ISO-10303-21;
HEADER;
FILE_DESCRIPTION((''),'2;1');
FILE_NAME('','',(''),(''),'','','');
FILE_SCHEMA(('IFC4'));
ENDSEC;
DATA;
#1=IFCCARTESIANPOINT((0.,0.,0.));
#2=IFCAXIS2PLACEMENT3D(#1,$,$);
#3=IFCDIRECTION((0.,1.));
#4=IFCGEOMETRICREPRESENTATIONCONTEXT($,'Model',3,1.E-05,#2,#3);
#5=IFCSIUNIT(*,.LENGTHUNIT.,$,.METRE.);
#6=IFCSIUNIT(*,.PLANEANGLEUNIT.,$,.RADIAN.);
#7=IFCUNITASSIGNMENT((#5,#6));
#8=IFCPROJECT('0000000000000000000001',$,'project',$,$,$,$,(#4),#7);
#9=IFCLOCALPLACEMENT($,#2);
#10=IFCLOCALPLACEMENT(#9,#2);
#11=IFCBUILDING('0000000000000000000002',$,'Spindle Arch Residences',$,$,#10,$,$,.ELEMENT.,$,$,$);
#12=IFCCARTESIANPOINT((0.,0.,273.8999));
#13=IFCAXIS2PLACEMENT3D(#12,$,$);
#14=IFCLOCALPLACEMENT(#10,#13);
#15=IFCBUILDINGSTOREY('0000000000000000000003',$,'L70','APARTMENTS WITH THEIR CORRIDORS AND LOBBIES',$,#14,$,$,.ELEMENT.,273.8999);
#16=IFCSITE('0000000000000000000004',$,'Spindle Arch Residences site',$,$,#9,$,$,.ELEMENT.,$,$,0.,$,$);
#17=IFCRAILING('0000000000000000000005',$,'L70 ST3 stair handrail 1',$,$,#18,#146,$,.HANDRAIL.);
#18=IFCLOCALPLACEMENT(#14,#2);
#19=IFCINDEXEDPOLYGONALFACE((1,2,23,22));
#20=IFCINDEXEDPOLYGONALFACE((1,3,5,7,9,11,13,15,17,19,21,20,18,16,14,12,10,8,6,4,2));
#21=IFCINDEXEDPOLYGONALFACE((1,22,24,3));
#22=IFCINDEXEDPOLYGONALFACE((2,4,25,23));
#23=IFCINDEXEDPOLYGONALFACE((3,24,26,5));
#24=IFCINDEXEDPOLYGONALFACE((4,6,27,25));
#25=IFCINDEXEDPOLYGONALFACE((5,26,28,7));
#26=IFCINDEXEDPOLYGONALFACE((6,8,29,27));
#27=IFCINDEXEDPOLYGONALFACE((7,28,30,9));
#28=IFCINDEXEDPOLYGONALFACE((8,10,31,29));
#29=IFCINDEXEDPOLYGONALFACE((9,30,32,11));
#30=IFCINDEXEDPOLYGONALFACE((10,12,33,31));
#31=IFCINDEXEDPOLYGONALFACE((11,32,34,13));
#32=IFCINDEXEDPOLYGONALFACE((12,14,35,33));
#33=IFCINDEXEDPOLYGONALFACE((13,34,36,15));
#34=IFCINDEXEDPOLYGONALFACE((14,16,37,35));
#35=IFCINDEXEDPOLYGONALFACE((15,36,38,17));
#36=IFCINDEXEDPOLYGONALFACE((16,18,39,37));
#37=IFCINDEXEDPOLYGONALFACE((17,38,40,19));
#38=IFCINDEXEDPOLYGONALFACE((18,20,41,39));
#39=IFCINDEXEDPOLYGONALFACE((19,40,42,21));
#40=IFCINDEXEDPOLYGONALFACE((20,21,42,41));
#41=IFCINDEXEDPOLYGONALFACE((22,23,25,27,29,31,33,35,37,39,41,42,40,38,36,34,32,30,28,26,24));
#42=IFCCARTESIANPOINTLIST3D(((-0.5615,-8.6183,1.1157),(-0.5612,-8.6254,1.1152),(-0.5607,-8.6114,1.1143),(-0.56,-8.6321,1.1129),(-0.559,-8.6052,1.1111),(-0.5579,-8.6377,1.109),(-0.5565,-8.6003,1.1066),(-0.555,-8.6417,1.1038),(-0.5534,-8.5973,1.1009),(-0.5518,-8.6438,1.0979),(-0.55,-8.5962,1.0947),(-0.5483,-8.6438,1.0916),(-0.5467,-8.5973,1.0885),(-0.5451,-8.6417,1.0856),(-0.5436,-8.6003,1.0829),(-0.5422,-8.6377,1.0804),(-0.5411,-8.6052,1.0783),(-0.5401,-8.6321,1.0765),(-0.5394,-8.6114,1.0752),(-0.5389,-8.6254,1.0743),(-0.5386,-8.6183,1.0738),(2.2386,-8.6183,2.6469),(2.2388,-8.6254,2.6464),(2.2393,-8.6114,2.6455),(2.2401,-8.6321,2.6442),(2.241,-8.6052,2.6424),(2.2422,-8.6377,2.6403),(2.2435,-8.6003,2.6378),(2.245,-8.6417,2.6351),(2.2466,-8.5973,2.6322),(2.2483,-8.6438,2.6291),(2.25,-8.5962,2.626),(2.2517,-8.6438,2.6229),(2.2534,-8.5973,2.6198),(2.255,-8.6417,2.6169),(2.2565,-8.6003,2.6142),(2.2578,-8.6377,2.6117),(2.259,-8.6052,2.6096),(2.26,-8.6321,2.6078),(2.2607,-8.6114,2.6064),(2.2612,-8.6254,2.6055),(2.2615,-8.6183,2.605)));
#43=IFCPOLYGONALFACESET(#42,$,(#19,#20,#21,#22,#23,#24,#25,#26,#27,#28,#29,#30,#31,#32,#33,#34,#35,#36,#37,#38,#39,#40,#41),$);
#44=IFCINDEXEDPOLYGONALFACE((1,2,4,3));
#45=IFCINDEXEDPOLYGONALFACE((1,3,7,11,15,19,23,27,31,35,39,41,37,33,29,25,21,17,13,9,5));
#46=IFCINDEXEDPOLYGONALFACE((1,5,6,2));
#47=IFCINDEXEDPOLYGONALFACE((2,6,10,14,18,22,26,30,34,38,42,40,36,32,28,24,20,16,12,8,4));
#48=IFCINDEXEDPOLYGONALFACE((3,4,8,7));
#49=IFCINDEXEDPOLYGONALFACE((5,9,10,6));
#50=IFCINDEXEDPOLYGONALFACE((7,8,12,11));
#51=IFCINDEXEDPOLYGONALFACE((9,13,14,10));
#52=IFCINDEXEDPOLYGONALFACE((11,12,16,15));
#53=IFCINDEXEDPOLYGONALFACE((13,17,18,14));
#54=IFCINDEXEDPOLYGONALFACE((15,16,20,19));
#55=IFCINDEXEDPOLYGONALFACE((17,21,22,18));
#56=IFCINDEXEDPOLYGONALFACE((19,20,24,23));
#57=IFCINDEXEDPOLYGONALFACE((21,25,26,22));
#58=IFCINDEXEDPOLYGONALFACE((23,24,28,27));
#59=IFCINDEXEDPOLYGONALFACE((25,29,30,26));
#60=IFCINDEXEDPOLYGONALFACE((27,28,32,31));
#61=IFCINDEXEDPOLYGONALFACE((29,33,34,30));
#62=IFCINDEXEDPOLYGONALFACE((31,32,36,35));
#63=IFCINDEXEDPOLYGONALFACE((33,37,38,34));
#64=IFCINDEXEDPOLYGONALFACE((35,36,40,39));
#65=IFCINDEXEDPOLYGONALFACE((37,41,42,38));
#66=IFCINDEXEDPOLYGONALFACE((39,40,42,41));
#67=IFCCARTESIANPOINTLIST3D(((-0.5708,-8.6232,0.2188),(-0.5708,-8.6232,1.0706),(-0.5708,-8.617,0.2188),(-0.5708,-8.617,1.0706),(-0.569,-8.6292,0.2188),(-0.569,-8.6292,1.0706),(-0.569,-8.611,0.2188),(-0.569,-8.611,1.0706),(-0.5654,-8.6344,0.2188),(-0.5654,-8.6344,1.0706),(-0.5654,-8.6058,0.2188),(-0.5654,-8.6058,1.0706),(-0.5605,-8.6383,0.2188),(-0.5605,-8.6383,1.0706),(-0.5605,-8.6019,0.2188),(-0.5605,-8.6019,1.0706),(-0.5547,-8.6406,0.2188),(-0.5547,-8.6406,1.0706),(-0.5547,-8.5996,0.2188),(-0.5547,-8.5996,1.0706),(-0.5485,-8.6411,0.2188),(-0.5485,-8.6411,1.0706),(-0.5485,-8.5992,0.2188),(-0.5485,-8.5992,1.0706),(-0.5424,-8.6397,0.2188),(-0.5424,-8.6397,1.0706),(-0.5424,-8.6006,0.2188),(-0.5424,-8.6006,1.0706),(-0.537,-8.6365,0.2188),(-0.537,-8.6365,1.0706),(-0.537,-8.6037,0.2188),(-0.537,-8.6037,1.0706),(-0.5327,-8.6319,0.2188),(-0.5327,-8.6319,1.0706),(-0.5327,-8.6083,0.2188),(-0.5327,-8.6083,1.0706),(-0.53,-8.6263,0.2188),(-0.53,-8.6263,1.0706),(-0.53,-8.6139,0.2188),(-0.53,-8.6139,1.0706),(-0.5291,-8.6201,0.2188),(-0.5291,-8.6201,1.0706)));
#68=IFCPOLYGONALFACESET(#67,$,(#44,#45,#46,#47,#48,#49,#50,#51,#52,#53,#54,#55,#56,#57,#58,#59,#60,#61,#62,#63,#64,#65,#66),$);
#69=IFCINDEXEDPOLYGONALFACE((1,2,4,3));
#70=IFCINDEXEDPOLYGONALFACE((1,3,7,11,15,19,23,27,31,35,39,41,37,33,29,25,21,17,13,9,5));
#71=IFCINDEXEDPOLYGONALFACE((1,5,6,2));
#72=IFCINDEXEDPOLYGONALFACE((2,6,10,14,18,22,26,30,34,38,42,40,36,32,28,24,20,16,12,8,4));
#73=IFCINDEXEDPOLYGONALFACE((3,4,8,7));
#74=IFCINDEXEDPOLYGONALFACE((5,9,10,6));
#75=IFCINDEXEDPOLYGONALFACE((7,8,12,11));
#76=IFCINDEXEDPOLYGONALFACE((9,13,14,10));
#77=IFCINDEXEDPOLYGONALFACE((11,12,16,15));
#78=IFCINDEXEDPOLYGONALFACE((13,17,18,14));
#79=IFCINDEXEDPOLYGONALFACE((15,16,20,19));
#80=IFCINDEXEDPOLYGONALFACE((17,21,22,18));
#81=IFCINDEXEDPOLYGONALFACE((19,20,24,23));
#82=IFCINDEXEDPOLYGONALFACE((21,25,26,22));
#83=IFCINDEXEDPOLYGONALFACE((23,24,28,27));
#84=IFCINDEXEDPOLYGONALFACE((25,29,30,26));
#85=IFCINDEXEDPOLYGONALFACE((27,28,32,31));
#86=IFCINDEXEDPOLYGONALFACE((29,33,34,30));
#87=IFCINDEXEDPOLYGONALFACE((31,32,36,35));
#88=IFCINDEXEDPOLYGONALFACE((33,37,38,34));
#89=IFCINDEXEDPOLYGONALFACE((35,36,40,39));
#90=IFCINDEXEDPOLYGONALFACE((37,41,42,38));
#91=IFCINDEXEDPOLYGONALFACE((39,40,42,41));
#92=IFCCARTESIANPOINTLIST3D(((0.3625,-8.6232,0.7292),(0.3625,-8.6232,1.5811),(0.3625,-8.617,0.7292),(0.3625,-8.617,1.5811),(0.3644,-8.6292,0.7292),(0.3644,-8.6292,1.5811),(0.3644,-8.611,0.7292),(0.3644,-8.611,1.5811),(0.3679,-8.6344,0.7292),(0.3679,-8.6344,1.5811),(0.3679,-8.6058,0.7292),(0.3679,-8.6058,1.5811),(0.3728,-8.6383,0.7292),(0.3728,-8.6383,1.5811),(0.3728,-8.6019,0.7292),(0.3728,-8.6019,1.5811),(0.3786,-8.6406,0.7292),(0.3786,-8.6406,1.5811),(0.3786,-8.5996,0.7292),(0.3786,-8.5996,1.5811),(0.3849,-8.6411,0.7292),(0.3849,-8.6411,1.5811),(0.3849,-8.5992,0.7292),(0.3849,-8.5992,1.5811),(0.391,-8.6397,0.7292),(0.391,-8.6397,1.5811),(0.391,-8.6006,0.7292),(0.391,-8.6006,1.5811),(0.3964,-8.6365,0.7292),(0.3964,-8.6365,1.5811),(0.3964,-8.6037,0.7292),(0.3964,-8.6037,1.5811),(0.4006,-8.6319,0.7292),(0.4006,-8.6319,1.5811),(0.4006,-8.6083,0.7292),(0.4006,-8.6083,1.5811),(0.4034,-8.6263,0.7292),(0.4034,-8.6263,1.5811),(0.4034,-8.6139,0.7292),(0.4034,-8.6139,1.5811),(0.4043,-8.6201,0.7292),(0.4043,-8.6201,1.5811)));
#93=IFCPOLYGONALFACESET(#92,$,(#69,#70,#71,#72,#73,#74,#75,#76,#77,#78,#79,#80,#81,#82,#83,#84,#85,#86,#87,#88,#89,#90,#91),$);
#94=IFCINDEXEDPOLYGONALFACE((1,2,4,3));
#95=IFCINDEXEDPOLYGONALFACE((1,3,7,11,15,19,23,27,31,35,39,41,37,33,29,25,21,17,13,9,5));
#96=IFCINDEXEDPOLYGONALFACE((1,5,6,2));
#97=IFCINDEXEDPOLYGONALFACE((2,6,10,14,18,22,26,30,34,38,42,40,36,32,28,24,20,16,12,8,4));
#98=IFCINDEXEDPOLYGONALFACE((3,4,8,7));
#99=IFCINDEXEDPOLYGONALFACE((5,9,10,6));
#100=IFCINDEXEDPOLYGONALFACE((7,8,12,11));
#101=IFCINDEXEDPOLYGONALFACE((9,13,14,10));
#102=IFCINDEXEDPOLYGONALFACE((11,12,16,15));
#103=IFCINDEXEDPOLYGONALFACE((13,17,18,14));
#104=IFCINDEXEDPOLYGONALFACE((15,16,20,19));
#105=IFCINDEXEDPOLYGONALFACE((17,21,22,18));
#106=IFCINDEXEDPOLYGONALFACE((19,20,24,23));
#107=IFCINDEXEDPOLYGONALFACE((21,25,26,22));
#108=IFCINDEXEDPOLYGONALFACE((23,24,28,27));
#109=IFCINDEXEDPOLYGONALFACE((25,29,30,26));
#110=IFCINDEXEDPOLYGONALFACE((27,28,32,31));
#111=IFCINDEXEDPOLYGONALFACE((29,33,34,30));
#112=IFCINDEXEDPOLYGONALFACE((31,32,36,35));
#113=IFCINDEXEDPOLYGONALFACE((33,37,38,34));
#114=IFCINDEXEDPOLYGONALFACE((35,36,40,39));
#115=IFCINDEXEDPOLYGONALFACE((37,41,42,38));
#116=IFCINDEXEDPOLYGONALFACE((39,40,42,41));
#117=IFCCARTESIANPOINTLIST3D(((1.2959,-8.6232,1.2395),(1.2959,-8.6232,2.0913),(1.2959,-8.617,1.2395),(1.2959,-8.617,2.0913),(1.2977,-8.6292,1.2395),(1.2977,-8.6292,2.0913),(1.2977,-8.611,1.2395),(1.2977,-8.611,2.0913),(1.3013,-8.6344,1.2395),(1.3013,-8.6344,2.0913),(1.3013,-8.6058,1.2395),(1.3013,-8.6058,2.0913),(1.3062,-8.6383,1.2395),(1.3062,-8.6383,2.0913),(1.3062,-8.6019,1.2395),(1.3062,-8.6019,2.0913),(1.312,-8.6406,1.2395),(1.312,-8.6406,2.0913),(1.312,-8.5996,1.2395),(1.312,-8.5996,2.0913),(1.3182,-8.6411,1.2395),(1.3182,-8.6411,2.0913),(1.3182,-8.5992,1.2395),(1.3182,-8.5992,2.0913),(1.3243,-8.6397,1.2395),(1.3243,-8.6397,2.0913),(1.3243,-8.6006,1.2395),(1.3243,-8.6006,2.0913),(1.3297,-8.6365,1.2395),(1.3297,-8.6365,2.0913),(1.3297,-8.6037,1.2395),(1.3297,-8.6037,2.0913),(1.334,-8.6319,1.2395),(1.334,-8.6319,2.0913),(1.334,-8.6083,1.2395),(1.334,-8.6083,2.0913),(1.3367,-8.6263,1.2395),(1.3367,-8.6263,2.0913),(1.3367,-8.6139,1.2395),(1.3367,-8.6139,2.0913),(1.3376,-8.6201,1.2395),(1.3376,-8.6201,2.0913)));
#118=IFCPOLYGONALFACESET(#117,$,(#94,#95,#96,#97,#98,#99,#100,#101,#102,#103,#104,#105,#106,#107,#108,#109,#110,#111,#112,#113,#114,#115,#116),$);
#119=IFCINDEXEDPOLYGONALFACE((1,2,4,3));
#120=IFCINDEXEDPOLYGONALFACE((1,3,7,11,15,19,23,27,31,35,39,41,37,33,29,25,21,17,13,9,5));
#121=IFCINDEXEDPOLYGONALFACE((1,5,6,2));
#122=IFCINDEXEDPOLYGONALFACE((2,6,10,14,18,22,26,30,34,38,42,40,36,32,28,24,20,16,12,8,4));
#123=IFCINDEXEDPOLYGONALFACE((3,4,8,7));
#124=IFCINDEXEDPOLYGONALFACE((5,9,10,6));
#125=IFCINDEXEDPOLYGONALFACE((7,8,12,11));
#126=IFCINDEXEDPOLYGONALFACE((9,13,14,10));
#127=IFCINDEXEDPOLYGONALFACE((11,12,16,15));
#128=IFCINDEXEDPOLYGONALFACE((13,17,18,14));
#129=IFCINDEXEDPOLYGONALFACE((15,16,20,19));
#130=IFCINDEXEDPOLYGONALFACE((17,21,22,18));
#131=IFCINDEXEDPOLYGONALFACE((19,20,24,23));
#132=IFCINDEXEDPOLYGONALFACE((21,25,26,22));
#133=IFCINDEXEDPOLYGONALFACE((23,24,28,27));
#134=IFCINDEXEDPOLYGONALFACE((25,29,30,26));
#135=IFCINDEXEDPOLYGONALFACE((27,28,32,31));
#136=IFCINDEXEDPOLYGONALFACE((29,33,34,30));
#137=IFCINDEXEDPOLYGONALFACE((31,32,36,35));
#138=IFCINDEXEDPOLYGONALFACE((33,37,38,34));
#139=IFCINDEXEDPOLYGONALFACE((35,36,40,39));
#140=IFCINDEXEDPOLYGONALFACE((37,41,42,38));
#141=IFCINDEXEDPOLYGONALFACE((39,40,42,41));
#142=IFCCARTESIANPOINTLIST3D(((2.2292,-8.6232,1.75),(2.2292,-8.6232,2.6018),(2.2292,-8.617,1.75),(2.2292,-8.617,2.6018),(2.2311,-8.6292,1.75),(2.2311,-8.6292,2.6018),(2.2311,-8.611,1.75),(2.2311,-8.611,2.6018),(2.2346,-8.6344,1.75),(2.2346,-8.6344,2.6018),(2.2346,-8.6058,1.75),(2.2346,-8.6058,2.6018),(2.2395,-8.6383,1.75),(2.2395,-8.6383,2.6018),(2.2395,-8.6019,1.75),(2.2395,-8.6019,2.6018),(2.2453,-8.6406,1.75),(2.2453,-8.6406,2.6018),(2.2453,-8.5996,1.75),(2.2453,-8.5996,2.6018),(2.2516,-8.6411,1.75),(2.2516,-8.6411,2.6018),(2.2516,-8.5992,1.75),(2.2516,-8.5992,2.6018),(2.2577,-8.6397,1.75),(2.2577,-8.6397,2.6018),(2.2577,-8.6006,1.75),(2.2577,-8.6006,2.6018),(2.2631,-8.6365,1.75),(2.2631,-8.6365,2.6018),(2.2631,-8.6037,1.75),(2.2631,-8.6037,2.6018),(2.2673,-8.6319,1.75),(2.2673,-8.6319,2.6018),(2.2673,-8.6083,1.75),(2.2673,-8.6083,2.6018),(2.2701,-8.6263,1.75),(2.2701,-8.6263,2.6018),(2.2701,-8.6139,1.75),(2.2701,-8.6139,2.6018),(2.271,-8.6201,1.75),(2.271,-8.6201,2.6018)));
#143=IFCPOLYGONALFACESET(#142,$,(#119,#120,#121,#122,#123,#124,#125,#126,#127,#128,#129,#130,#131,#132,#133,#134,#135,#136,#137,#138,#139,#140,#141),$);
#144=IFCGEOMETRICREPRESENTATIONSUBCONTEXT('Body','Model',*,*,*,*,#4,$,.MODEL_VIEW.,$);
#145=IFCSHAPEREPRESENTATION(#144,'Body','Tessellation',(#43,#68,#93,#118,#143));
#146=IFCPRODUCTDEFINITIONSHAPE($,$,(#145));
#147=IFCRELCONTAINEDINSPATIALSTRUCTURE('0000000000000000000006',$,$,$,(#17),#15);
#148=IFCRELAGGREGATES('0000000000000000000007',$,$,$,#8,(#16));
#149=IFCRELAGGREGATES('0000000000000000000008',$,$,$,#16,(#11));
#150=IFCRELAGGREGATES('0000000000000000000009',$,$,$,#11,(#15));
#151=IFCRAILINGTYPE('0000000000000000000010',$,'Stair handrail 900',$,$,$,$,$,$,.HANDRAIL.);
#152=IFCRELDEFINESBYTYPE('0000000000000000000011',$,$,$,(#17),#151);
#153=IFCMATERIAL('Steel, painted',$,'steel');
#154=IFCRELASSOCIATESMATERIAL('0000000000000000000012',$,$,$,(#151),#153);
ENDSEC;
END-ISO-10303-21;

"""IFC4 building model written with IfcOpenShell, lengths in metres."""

from ifc_helpers import new_model, si_unit, direction, frame, origin, origin_2d, place, context, subcontext, project, spatial, circle, extrude, material, type_object, element, save


model = new_model("IFC4")

# Units and contexts
model_context = context("Model", 3, precision=1e-05, world=origin(), true_north=direction((0.0, 1.0)))
body_context = subcontext(model_context, "Body", "Model", "MODEL_VIEW")
ifc_project = project(units=[si_unit("LENGTHUNIT", "METRE"), si_unit("PLANEANGLEUNIT", "RADIAN")], contexts=[model_context])

# Site, building, storey
site_placement = place(None, origin())
site = spatial("IfcSite", under=ifc_project, at=site_placement, Name="Spindle Arch Residences site", CompositionType="ELEMENT", RefElevation=0.0)
building_placement = place(site_placement, origin())
building = spatial("IfcBuilding", under=site, at=building_placement, Name="Spindle Arch Residences", CompositionType="ELEMENT")
storey_placement = place(building_placement, frame((0.0, 0.0, 273.8999)))
storey = spatial("IfcBuildingStorey", under=building, at=storey_placement, Name="L70", Description="APARTMENTS WITH THEIR CORRIDORS AND LOBBIES", CompositionType="ELEMENT", Elevation=273.8999)

# Railing
ifc_material_1 = material(Name="Steel, painted", Category="steel")
railing_type = type_object("IfcRailingType", Name="Stair handrail 900", PredefinedType="HANDRAIL", material=ifc_material_1)
railing_placement = place(storey_placement, frame((-0.55, -8.6201, 0.2188)))
element("IfcRailing", 1, at=railing_placement, inside=storey, type_object=railing_type, Name="L70 ST3 stair handrail 1", PredefinedType="HANDRAIL", context=body_context, shape_type="SweptSolid", body=[
    extrude(circle(Radius=0.0239, at=origin_2d()), frame((0.0, 0.0, 0.876), z_axis=(0.877375, 0.0, 0.479806), x_axis=(0.0, 1.0, 0.0)), (0.0, 0.0, 1.0), 3.1914),
    extrude(circle(Radius=0.021, at=origin_2d()), origin(), (0.0, 0.0, 1.0), 0.8518),
    extrude(circle(Radius=0.021, at=origin_2d()), frame((0.9333, 0.0, 0.5105)), (0.0, 0.0, 1.0), 0.8518),
    extrude(circle(Radius=0.021, at=origin_2d()), frame((1.8667, 0.0, 1.0208)), (0.0, 0.0, 1.0), 0.8518),
    extrude(circle(Radius=0.021, at=origin_2d()), frame((2.8, 0.0, 1.5312)), (0.0, 0.0, 1.0), 0.8518),
])

save(model, "model.ifc")
